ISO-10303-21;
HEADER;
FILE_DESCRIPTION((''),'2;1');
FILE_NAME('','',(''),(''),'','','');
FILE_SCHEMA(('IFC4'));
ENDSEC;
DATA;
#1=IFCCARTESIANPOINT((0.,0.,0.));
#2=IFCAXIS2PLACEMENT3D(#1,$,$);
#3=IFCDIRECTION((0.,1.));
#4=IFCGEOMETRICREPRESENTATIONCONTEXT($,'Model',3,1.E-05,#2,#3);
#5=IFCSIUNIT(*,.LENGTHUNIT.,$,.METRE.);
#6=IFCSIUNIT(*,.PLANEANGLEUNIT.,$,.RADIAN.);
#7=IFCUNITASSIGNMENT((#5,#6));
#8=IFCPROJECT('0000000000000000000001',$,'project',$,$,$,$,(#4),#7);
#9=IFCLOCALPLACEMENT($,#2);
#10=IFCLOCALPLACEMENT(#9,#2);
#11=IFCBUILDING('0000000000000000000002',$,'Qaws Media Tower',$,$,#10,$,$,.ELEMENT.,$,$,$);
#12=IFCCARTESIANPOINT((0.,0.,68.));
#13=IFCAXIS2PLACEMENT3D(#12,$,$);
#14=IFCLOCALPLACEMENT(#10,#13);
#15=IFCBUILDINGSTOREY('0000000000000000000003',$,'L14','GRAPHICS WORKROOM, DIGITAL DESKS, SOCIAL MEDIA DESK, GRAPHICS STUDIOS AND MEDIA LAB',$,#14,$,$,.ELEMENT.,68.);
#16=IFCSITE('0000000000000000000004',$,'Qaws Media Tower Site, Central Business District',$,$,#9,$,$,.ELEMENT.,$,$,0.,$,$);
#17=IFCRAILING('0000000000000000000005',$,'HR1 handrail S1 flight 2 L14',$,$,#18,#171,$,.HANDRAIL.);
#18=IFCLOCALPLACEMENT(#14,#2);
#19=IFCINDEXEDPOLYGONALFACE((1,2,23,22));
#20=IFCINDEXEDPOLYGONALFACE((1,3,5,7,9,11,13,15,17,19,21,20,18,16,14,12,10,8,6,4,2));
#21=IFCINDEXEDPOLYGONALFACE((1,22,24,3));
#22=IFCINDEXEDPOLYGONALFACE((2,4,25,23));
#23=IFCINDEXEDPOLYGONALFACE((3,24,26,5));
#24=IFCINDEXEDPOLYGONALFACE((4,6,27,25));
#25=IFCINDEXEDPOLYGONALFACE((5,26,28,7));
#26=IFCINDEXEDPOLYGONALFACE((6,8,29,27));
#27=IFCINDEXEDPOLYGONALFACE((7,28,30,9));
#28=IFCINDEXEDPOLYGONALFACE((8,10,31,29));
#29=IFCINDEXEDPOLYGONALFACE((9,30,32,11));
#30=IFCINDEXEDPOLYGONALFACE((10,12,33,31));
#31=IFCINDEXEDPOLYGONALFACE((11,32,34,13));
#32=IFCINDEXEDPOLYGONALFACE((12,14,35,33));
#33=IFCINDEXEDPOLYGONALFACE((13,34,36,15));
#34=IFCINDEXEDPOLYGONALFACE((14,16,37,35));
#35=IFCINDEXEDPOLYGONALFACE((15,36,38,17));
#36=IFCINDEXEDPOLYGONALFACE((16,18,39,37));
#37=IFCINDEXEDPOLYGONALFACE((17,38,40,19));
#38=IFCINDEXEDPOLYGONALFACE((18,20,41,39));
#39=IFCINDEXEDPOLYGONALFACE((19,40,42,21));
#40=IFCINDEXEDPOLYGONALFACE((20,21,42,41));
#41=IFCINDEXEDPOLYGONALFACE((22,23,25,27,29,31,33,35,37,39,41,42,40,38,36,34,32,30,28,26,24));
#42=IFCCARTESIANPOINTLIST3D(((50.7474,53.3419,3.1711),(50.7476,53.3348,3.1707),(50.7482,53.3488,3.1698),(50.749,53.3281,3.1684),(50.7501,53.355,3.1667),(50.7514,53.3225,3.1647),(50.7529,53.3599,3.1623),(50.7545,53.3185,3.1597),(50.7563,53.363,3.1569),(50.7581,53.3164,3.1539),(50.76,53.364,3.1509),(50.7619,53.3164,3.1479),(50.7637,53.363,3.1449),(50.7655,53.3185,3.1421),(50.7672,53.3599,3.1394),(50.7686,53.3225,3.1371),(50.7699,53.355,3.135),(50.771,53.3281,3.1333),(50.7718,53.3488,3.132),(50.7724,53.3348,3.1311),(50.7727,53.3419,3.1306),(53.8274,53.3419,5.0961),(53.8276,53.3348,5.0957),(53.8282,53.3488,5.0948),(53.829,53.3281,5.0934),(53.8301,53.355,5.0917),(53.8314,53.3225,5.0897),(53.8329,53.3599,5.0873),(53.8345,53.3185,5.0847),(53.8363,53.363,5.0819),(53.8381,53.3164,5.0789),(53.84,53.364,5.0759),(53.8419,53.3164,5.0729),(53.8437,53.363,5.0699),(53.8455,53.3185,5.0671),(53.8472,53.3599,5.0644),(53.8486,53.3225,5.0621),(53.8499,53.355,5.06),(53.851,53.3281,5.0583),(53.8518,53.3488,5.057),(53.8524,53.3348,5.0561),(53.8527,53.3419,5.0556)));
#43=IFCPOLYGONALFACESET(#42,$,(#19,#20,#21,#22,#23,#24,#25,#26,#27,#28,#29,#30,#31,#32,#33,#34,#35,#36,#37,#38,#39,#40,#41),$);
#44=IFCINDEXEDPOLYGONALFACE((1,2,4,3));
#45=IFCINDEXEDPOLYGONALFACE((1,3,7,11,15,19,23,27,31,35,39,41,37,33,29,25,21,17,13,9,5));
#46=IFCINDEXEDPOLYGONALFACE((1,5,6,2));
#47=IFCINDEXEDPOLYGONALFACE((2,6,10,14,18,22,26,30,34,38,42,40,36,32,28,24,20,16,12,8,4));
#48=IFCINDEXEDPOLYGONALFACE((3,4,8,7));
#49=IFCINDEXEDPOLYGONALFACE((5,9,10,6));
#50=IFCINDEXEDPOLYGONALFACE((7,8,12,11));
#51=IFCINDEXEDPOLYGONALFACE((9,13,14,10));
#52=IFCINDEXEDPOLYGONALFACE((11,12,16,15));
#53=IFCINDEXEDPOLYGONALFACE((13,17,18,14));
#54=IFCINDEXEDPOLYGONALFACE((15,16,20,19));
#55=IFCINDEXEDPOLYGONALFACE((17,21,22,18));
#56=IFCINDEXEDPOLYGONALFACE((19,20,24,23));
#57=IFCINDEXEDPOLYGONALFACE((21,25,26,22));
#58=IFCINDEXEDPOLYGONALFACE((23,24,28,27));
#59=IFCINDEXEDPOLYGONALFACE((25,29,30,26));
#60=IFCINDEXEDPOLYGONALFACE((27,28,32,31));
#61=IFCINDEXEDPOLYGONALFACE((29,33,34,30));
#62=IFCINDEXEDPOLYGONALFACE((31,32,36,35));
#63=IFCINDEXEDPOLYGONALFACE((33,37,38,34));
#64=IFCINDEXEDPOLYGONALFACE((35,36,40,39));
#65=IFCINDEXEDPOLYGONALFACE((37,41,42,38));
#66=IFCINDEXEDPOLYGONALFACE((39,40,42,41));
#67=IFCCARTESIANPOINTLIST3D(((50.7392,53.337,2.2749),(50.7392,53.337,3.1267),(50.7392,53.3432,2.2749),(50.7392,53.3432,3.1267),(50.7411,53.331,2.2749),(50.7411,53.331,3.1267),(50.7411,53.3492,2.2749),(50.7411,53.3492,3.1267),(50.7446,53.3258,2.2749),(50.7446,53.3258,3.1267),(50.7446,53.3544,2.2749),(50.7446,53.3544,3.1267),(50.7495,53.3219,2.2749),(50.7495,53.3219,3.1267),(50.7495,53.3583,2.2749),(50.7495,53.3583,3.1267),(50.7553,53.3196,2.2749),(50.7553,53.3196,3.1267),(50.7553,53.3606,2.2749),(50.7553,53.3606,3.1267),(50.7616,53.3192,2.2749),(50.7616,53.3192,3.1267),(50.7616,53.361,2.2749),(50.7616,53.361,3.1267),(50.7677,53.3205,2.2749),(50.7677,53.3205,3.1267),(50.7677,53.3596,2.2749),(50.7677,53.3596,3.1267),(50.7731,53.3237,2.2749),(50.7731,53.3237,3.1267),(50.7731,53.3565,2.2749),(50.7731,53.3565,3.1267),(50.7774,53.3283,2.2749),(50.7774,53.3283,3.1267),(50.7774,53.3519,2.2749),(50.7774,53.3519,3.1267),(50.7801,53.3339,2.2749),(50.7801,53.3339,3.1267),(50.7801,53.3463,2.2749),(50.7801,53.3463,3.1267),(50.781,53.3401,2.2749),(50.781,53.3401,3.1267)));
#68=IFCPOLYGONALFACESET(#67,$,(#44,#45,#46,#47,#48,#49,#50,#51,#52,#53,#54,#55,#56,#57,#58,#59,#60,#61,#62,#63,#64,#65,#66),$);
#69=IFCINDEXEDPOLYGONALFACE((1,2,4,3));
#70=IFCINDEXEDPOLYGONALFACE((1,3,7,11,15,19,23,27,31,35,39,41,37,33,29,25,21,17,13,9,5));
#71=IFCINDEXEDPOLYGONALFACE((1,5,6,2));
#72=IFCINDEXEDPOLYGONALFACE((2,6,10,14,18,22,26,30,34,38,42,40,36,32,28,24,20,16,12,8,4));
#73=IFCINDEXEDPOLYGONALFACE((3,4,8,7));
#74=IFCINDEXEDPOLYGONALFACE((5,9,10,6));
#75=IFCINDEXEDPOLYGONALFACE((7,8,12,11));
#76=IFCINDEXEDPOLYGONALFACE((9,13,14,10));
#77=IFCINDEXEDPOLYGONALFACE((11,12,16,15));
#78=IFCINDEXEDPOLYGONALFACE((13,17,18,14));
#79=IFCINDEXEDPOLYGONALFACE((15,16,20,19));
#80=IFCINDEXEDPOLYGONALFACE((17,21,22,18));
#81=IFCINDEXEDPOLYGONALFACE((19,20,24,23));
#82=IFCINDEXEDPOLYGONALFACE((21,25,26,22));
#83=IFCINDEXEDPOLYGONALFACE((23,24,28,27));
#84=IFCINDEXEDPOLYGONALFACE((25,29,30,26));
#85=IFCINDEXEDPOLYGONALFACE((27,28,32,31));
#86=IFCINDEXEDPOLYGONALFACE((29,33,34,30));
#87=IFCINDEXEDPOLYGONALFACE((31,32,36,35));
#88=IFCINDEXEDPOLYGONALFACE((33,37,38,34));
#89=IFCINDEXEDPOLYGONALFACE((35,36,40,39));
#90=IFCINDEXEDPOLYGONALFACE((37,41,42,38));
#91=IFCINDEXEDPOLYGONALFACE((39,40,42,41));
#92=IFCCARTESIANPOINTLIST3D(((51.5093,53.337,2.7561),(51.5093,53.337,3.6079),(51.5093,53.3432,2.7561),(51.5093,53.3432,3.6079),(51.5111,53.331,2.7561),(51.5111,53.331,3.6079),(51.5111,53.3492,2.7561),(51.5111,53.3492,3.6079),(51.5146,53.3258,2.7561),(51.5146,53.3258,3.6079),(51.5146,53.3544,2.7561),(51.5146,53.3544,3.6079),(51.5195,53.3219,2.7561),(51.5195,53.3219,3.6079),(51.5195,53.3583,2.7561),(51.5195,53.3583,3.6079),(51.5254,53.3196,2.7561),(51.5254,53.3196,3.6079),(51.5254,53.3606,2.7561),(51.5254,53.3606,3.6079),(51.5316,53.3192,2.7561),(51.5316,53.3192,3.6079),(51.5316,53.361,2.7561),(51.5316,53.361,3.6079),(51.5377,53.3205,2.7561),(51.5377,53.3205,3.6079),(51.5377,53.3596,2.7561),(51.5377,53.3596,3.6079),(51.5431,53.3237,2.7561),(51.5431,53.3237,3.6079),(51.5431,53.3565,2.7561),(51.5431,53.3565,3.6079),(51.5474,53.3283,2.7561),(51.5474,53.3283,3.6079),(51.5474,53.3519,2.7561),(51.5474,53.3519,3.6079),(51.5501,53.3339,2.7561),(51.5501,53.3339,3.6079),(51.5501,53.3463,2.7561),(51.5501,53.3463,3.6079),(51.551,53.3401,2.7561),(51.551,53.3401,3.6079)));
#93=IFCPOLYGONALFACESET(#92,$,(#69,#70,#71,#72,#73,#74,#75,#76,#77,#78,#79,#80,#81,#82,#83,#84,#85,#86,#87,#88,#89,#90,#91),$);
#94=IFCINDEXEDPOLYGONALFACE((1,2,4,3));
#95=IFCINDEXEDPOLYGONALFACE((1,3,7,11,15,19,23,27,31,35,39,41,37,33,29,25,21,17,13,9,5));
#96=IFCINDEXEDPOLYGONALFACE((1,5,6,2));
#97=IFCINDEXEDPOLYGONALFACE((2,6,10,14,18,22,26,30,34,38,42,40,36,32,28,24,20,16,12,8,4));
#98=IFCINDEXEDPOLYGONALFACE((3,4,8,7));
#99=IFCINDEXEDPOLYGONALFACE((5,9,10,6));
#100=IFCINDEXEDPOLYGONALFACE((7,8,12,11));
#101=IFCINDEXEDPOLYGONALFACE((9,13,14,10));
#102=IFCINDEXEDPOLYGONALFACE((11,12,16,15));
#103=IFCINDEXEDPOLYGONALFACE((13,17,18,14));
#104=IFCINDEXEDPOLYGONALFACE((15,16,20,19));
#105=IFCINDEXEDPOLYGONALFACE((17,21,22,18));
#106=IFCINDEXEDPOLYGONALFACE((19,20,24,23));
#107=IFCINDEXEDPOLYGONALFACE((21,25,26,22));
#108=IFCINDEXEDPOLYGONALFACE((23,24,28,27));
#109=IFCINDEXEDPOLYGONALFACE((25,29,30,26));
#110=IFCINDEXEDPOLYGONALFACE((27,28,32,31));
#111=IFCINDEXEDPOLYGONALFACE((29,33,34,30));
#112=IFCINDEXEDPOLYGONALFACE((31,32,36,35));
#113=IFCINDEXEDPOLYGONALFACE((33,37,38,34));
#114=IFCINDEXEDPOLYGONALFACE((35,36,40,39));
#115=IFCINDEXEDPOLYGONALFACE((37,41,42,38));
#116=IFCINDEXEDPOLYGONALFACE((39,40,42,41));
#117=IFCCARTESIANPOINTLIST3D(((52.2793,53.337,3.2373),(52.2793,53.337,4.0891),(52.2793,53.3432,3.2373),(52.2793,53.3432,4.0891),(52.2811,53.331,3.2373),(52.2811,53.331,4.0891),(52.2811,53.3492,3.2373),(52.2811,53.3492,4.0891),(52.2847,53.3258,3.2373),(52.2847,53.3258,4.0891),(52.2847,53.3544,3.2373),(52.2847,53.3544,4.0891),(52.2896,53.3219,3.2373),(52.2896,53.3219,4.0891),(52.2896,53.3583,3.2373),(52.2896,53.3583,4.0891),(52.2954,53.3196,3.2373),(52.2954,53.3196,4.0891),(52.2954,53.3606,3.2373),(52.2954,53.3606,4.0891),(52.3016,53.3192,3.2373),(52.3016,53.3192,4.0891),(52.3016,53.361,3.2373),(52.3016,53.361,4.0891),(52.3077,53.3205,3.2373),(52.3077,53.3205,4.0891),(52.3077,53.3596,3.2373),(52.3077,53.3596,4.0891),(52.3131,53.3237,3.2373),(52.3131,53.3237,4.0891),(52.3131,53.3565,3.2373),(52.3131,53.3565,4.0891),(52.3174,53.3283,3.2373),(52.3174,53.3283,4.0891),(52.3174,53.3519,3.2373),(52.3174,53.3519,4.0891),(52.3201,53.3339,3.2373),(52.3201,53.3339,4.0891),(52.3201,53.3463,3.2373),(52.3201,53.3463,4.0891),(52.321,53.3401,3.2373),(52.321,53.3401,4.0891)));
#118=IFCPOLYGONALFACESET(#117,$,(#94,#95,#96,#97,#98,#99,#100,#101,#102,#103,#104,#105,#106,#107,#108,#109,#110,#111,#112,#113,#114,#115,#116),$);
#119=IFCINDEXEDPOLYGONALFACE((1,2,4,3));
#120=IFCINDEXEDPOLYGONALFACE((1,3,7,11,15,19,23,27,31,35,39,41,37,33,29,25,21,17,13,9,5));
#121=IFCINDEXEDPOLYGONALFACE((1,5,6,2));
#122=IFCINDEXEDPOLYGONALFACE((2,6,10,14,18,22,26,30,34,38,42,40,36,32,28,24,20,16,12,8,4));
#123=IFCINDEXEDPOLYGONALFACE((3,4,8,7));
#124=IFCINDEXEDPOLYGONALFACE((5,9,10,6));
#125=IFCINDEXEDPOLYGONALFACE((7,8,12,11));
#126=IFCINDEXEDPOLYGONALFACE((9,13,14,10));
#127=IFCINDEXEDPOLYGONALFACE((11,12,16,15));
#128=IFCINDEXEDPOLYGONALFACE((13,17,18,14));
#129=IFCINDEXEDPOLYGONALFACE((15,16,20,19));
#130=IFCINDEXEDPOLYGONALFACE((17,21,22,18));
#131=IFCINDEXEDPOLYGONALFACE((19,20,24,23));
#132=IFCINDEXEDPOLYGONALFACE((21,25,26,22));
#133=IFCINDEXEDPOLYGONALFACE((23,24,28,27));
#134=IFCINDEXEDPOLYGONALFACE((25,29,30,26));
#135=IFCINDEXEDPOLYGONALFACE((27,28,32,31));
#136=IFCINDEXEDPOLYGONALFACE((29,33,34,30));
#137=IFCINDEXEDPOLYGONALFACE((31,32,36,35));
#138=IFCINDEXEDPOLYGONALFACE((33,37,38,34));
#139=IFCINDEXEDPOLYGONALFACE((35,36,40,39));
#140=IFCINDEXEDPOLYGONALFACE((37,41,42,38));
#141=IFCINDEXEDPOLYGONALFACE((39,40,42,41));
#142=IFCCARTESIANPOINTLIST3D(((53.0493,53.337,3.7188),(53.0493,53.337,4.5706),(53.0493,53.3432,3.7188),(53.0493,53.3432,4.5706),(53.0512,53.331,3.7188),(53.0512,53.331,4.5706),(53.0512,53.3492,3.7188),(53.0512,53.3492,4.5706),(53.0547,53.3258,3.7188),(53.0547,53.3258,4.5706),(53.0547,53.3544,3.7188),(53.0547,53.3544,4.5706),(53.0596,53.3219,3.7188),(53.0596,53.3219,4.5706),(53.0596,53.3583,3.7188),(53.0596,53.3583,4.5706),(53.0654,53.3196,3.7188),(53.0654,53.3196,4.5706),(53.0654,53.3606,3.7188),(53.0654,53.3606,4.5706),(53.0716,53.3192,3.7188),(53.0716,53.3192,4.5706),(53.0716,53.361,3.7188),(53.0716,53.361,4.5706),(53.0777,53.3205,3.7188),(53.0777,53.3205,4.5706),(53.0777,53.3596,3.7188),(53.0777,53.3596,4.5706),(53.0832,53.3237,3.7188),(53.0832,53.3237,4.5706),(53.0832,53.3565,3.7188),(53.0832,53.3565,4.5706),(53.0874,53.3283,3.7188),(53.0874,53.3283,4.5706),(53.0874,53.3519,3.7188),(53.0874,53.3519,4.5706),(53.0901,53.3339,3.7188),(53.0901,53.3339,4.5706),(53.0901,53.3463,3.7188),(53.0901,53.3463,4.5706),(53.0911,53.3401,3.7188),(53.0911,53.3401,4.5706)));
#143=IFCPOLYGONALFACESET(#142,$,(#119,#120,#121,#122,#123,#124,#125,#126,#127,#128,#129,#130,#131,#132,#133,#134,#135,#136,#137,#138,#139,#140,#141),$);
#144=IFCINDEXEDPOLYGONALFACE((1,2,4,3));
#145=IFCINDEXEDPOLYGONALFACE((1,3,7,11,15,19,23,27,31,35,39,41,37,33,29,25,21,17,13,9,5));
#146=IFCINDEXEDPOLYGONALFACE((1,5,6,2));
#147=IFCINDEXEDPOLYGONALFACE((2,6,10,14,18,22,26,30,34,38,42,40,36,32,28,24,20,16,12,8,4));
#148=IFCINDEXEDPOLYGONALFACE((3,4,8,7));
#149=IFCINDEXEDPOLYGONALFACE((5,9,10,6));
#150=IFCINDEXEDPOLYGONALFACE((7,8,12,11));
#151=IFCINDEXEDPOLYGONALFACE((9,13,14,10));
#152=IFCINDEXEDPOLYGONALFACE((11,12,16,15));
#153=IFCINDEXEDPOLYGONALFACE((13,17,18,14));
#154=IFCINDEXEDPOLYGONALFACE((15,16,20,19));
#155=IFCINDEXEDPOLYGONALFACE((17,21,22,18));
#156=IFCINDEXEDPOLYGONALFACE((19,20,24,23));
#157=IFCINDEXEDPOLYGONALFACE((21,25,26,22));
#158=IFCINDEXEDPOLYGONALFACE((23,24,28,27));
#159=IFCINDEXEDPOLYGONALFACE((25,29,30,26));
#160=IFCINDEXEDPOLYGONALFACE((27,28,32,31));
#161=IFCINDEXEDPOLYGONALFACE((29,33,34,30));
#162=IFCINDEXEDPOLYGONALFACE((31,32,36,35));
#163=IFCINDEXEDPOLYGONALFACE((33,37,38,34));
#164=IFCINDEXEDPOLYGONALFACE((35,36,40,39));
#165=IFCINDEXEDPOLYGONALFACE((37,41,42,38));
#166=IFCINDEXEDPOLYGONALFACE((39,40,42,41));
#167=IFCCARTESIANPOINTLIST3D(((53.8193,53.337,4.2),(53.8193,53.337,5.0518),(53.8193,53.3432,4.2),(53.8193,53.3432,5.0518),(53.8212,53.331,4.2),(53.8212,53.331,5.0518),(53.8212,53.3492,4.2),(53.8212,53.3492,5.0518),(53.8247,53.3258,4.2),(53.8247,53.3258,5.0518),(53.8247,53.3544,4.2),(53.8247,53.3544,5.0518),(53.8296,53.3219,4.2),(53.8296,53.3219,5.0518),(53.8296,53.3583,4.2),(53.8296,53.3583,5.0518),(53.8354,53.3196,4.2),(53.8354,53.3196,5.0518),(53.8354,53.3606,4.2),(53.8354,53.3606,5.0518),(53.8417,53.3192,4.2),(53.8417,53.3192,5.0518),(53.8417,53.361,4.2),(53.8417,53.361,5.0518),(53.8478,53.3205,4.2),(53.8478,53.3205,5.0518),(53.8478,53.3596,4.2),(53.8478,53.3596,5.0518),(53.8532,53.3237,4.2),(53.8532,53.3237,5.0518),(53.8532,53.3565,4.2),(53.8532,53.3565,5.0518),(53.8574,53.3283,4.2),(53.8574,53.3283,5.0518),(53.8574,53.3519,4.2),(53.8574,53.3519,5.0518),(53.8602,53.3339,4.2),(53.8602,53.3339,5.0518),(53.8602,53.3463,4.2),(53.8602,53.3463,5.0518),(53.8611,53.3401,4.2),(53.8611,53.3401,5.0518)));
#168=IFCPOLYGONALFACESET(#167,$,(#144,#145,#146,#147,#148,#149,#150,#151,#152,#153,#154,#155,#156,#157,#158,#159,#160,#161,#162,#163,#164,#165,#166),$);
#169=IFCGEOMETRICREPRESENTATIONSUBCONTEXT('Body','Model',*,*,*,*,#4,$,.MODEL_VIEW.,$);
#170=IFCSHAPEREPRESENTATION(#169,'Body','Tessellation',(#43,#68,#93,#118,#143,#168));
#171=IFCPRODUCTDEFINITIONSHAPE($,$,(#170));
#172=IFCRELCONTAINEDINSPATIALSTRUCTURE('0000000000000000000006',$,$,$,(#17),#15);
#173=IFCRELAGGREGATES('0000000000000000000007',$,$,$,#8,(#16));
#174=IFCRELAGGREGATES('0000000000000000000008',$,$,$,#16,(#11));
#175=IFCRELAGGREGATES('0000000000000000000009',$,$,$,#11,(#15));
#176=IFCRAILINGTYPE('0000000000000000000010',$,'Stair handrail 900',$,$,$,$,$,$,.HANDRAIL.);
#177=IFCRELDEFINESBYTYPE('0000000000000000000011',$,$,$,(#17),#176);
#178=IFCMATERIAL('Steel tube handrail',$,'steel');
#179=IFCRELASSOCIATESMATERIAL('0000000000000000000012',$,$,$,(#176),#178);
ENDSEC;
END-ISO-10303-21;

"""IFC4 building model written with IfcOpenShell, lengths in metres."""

from ifc_helpers import new_model, si_unit, direction, frame, origin, origin_2d, place, context, subcontext, project, spatial, circle, extrude, material, type_object, element, save


model = new_model("IFC4")

# Units and contexts
model_context = context("Model", 3, precision=1e-05, world=origin(), true_north=direction((0.0, 1.0)))
body_context = subcontext(model_context, "Body", "Model", "MODEL_VIEW")
ifc_project = project(units=[si_unit("LENGTHUNIT", "METRE"), si_unit("PLANEANGLEUNIT", "RADIAN")], contexts=[model_context])

# Site, building, storey
site_placement = place(None, origin())
site = spatial("IfcSite", under=ifc_project, at=site_placement, Name="Qaws Media Tower Site, Central Business District", CompositionType="ELEMENT", RefElevation=0.0)
building_placement = place(site_placement, origin())
building = spatial("IfcBuilding", under=site, at=building_placement, Name="Qaws Media Tower", CompositionType="ELEMENT")
storey_placement = place(building_placement, frame((0.0, 0.0, 68.0)))
storey = spatial("IfcBuildingStorey", under=building, at=storey_placement, Name="L14", Description="GRAPHICS WORKROOM, DIGITAL DESKS, SOCIAL MEDIA DESK, GRAPHICS STUDIOS AND MEDIA LAB", CompositionType="ELEMENT", Elevation=68.0)

# Railing
ifc_material_1 = material(Name="Steel tube handrail", Category="steel")
railing_type = type_object("IfcRailingType", Name="Stair handrail 900", PredefinedType="HANDRAIL", material=ifc_material_1)
for number, where, name in (
    (1, (50.76, 53.3401, 2.2749), "HR1 handrail S1 flight 2 L14"),
):
    element("IfcRailing", number, at=place(storey_placement, frame(where)), inside=storey, type_object=railing_type, Name=name, PredefinedType="HANDRAIL", context=body_context, shape_type="SweptSolid", body=[
        extrude(circle(Radius=0.0239, at=origin_2d()), frame((0.0, 0.0, 0.876), z_axis=(0.847998, 0.0, 0.529999), x_axis=(0.0, 1.0, 0.0)), (0.0, 0.0, 1.0), 3.6321),
        extrude(circle(Radius=0.021, at=origin_2d()), origin(), (0.0, 0.0, 1.0), 0.8518),
        extrude(circle(Radius=0.021, at=origin_2d()), frame((0.77, 0.0, 0.4812)), (0.0, 0.0, 1.0), 0.8518),
        extrude(circle(Radius=0.021, at=origin_2d()), frame((1.54, 0.0, 0.9624)), (0.0, 0.0, 1.0), 0.8518),
        extrude(circle(Radius=0.021, at=origin_2d()), frame((2.3101, 0.0, 1.4438)), (0.0, 0.0, 1.0), 0.8518),
        extrude(circle(Radius=0.021, at=origin_2d()), frame((3.0801, 0.0, 1.925)), (0.0, 0.0, 1.0), 0.8518),
    ])

save(model, "model.ifc")
